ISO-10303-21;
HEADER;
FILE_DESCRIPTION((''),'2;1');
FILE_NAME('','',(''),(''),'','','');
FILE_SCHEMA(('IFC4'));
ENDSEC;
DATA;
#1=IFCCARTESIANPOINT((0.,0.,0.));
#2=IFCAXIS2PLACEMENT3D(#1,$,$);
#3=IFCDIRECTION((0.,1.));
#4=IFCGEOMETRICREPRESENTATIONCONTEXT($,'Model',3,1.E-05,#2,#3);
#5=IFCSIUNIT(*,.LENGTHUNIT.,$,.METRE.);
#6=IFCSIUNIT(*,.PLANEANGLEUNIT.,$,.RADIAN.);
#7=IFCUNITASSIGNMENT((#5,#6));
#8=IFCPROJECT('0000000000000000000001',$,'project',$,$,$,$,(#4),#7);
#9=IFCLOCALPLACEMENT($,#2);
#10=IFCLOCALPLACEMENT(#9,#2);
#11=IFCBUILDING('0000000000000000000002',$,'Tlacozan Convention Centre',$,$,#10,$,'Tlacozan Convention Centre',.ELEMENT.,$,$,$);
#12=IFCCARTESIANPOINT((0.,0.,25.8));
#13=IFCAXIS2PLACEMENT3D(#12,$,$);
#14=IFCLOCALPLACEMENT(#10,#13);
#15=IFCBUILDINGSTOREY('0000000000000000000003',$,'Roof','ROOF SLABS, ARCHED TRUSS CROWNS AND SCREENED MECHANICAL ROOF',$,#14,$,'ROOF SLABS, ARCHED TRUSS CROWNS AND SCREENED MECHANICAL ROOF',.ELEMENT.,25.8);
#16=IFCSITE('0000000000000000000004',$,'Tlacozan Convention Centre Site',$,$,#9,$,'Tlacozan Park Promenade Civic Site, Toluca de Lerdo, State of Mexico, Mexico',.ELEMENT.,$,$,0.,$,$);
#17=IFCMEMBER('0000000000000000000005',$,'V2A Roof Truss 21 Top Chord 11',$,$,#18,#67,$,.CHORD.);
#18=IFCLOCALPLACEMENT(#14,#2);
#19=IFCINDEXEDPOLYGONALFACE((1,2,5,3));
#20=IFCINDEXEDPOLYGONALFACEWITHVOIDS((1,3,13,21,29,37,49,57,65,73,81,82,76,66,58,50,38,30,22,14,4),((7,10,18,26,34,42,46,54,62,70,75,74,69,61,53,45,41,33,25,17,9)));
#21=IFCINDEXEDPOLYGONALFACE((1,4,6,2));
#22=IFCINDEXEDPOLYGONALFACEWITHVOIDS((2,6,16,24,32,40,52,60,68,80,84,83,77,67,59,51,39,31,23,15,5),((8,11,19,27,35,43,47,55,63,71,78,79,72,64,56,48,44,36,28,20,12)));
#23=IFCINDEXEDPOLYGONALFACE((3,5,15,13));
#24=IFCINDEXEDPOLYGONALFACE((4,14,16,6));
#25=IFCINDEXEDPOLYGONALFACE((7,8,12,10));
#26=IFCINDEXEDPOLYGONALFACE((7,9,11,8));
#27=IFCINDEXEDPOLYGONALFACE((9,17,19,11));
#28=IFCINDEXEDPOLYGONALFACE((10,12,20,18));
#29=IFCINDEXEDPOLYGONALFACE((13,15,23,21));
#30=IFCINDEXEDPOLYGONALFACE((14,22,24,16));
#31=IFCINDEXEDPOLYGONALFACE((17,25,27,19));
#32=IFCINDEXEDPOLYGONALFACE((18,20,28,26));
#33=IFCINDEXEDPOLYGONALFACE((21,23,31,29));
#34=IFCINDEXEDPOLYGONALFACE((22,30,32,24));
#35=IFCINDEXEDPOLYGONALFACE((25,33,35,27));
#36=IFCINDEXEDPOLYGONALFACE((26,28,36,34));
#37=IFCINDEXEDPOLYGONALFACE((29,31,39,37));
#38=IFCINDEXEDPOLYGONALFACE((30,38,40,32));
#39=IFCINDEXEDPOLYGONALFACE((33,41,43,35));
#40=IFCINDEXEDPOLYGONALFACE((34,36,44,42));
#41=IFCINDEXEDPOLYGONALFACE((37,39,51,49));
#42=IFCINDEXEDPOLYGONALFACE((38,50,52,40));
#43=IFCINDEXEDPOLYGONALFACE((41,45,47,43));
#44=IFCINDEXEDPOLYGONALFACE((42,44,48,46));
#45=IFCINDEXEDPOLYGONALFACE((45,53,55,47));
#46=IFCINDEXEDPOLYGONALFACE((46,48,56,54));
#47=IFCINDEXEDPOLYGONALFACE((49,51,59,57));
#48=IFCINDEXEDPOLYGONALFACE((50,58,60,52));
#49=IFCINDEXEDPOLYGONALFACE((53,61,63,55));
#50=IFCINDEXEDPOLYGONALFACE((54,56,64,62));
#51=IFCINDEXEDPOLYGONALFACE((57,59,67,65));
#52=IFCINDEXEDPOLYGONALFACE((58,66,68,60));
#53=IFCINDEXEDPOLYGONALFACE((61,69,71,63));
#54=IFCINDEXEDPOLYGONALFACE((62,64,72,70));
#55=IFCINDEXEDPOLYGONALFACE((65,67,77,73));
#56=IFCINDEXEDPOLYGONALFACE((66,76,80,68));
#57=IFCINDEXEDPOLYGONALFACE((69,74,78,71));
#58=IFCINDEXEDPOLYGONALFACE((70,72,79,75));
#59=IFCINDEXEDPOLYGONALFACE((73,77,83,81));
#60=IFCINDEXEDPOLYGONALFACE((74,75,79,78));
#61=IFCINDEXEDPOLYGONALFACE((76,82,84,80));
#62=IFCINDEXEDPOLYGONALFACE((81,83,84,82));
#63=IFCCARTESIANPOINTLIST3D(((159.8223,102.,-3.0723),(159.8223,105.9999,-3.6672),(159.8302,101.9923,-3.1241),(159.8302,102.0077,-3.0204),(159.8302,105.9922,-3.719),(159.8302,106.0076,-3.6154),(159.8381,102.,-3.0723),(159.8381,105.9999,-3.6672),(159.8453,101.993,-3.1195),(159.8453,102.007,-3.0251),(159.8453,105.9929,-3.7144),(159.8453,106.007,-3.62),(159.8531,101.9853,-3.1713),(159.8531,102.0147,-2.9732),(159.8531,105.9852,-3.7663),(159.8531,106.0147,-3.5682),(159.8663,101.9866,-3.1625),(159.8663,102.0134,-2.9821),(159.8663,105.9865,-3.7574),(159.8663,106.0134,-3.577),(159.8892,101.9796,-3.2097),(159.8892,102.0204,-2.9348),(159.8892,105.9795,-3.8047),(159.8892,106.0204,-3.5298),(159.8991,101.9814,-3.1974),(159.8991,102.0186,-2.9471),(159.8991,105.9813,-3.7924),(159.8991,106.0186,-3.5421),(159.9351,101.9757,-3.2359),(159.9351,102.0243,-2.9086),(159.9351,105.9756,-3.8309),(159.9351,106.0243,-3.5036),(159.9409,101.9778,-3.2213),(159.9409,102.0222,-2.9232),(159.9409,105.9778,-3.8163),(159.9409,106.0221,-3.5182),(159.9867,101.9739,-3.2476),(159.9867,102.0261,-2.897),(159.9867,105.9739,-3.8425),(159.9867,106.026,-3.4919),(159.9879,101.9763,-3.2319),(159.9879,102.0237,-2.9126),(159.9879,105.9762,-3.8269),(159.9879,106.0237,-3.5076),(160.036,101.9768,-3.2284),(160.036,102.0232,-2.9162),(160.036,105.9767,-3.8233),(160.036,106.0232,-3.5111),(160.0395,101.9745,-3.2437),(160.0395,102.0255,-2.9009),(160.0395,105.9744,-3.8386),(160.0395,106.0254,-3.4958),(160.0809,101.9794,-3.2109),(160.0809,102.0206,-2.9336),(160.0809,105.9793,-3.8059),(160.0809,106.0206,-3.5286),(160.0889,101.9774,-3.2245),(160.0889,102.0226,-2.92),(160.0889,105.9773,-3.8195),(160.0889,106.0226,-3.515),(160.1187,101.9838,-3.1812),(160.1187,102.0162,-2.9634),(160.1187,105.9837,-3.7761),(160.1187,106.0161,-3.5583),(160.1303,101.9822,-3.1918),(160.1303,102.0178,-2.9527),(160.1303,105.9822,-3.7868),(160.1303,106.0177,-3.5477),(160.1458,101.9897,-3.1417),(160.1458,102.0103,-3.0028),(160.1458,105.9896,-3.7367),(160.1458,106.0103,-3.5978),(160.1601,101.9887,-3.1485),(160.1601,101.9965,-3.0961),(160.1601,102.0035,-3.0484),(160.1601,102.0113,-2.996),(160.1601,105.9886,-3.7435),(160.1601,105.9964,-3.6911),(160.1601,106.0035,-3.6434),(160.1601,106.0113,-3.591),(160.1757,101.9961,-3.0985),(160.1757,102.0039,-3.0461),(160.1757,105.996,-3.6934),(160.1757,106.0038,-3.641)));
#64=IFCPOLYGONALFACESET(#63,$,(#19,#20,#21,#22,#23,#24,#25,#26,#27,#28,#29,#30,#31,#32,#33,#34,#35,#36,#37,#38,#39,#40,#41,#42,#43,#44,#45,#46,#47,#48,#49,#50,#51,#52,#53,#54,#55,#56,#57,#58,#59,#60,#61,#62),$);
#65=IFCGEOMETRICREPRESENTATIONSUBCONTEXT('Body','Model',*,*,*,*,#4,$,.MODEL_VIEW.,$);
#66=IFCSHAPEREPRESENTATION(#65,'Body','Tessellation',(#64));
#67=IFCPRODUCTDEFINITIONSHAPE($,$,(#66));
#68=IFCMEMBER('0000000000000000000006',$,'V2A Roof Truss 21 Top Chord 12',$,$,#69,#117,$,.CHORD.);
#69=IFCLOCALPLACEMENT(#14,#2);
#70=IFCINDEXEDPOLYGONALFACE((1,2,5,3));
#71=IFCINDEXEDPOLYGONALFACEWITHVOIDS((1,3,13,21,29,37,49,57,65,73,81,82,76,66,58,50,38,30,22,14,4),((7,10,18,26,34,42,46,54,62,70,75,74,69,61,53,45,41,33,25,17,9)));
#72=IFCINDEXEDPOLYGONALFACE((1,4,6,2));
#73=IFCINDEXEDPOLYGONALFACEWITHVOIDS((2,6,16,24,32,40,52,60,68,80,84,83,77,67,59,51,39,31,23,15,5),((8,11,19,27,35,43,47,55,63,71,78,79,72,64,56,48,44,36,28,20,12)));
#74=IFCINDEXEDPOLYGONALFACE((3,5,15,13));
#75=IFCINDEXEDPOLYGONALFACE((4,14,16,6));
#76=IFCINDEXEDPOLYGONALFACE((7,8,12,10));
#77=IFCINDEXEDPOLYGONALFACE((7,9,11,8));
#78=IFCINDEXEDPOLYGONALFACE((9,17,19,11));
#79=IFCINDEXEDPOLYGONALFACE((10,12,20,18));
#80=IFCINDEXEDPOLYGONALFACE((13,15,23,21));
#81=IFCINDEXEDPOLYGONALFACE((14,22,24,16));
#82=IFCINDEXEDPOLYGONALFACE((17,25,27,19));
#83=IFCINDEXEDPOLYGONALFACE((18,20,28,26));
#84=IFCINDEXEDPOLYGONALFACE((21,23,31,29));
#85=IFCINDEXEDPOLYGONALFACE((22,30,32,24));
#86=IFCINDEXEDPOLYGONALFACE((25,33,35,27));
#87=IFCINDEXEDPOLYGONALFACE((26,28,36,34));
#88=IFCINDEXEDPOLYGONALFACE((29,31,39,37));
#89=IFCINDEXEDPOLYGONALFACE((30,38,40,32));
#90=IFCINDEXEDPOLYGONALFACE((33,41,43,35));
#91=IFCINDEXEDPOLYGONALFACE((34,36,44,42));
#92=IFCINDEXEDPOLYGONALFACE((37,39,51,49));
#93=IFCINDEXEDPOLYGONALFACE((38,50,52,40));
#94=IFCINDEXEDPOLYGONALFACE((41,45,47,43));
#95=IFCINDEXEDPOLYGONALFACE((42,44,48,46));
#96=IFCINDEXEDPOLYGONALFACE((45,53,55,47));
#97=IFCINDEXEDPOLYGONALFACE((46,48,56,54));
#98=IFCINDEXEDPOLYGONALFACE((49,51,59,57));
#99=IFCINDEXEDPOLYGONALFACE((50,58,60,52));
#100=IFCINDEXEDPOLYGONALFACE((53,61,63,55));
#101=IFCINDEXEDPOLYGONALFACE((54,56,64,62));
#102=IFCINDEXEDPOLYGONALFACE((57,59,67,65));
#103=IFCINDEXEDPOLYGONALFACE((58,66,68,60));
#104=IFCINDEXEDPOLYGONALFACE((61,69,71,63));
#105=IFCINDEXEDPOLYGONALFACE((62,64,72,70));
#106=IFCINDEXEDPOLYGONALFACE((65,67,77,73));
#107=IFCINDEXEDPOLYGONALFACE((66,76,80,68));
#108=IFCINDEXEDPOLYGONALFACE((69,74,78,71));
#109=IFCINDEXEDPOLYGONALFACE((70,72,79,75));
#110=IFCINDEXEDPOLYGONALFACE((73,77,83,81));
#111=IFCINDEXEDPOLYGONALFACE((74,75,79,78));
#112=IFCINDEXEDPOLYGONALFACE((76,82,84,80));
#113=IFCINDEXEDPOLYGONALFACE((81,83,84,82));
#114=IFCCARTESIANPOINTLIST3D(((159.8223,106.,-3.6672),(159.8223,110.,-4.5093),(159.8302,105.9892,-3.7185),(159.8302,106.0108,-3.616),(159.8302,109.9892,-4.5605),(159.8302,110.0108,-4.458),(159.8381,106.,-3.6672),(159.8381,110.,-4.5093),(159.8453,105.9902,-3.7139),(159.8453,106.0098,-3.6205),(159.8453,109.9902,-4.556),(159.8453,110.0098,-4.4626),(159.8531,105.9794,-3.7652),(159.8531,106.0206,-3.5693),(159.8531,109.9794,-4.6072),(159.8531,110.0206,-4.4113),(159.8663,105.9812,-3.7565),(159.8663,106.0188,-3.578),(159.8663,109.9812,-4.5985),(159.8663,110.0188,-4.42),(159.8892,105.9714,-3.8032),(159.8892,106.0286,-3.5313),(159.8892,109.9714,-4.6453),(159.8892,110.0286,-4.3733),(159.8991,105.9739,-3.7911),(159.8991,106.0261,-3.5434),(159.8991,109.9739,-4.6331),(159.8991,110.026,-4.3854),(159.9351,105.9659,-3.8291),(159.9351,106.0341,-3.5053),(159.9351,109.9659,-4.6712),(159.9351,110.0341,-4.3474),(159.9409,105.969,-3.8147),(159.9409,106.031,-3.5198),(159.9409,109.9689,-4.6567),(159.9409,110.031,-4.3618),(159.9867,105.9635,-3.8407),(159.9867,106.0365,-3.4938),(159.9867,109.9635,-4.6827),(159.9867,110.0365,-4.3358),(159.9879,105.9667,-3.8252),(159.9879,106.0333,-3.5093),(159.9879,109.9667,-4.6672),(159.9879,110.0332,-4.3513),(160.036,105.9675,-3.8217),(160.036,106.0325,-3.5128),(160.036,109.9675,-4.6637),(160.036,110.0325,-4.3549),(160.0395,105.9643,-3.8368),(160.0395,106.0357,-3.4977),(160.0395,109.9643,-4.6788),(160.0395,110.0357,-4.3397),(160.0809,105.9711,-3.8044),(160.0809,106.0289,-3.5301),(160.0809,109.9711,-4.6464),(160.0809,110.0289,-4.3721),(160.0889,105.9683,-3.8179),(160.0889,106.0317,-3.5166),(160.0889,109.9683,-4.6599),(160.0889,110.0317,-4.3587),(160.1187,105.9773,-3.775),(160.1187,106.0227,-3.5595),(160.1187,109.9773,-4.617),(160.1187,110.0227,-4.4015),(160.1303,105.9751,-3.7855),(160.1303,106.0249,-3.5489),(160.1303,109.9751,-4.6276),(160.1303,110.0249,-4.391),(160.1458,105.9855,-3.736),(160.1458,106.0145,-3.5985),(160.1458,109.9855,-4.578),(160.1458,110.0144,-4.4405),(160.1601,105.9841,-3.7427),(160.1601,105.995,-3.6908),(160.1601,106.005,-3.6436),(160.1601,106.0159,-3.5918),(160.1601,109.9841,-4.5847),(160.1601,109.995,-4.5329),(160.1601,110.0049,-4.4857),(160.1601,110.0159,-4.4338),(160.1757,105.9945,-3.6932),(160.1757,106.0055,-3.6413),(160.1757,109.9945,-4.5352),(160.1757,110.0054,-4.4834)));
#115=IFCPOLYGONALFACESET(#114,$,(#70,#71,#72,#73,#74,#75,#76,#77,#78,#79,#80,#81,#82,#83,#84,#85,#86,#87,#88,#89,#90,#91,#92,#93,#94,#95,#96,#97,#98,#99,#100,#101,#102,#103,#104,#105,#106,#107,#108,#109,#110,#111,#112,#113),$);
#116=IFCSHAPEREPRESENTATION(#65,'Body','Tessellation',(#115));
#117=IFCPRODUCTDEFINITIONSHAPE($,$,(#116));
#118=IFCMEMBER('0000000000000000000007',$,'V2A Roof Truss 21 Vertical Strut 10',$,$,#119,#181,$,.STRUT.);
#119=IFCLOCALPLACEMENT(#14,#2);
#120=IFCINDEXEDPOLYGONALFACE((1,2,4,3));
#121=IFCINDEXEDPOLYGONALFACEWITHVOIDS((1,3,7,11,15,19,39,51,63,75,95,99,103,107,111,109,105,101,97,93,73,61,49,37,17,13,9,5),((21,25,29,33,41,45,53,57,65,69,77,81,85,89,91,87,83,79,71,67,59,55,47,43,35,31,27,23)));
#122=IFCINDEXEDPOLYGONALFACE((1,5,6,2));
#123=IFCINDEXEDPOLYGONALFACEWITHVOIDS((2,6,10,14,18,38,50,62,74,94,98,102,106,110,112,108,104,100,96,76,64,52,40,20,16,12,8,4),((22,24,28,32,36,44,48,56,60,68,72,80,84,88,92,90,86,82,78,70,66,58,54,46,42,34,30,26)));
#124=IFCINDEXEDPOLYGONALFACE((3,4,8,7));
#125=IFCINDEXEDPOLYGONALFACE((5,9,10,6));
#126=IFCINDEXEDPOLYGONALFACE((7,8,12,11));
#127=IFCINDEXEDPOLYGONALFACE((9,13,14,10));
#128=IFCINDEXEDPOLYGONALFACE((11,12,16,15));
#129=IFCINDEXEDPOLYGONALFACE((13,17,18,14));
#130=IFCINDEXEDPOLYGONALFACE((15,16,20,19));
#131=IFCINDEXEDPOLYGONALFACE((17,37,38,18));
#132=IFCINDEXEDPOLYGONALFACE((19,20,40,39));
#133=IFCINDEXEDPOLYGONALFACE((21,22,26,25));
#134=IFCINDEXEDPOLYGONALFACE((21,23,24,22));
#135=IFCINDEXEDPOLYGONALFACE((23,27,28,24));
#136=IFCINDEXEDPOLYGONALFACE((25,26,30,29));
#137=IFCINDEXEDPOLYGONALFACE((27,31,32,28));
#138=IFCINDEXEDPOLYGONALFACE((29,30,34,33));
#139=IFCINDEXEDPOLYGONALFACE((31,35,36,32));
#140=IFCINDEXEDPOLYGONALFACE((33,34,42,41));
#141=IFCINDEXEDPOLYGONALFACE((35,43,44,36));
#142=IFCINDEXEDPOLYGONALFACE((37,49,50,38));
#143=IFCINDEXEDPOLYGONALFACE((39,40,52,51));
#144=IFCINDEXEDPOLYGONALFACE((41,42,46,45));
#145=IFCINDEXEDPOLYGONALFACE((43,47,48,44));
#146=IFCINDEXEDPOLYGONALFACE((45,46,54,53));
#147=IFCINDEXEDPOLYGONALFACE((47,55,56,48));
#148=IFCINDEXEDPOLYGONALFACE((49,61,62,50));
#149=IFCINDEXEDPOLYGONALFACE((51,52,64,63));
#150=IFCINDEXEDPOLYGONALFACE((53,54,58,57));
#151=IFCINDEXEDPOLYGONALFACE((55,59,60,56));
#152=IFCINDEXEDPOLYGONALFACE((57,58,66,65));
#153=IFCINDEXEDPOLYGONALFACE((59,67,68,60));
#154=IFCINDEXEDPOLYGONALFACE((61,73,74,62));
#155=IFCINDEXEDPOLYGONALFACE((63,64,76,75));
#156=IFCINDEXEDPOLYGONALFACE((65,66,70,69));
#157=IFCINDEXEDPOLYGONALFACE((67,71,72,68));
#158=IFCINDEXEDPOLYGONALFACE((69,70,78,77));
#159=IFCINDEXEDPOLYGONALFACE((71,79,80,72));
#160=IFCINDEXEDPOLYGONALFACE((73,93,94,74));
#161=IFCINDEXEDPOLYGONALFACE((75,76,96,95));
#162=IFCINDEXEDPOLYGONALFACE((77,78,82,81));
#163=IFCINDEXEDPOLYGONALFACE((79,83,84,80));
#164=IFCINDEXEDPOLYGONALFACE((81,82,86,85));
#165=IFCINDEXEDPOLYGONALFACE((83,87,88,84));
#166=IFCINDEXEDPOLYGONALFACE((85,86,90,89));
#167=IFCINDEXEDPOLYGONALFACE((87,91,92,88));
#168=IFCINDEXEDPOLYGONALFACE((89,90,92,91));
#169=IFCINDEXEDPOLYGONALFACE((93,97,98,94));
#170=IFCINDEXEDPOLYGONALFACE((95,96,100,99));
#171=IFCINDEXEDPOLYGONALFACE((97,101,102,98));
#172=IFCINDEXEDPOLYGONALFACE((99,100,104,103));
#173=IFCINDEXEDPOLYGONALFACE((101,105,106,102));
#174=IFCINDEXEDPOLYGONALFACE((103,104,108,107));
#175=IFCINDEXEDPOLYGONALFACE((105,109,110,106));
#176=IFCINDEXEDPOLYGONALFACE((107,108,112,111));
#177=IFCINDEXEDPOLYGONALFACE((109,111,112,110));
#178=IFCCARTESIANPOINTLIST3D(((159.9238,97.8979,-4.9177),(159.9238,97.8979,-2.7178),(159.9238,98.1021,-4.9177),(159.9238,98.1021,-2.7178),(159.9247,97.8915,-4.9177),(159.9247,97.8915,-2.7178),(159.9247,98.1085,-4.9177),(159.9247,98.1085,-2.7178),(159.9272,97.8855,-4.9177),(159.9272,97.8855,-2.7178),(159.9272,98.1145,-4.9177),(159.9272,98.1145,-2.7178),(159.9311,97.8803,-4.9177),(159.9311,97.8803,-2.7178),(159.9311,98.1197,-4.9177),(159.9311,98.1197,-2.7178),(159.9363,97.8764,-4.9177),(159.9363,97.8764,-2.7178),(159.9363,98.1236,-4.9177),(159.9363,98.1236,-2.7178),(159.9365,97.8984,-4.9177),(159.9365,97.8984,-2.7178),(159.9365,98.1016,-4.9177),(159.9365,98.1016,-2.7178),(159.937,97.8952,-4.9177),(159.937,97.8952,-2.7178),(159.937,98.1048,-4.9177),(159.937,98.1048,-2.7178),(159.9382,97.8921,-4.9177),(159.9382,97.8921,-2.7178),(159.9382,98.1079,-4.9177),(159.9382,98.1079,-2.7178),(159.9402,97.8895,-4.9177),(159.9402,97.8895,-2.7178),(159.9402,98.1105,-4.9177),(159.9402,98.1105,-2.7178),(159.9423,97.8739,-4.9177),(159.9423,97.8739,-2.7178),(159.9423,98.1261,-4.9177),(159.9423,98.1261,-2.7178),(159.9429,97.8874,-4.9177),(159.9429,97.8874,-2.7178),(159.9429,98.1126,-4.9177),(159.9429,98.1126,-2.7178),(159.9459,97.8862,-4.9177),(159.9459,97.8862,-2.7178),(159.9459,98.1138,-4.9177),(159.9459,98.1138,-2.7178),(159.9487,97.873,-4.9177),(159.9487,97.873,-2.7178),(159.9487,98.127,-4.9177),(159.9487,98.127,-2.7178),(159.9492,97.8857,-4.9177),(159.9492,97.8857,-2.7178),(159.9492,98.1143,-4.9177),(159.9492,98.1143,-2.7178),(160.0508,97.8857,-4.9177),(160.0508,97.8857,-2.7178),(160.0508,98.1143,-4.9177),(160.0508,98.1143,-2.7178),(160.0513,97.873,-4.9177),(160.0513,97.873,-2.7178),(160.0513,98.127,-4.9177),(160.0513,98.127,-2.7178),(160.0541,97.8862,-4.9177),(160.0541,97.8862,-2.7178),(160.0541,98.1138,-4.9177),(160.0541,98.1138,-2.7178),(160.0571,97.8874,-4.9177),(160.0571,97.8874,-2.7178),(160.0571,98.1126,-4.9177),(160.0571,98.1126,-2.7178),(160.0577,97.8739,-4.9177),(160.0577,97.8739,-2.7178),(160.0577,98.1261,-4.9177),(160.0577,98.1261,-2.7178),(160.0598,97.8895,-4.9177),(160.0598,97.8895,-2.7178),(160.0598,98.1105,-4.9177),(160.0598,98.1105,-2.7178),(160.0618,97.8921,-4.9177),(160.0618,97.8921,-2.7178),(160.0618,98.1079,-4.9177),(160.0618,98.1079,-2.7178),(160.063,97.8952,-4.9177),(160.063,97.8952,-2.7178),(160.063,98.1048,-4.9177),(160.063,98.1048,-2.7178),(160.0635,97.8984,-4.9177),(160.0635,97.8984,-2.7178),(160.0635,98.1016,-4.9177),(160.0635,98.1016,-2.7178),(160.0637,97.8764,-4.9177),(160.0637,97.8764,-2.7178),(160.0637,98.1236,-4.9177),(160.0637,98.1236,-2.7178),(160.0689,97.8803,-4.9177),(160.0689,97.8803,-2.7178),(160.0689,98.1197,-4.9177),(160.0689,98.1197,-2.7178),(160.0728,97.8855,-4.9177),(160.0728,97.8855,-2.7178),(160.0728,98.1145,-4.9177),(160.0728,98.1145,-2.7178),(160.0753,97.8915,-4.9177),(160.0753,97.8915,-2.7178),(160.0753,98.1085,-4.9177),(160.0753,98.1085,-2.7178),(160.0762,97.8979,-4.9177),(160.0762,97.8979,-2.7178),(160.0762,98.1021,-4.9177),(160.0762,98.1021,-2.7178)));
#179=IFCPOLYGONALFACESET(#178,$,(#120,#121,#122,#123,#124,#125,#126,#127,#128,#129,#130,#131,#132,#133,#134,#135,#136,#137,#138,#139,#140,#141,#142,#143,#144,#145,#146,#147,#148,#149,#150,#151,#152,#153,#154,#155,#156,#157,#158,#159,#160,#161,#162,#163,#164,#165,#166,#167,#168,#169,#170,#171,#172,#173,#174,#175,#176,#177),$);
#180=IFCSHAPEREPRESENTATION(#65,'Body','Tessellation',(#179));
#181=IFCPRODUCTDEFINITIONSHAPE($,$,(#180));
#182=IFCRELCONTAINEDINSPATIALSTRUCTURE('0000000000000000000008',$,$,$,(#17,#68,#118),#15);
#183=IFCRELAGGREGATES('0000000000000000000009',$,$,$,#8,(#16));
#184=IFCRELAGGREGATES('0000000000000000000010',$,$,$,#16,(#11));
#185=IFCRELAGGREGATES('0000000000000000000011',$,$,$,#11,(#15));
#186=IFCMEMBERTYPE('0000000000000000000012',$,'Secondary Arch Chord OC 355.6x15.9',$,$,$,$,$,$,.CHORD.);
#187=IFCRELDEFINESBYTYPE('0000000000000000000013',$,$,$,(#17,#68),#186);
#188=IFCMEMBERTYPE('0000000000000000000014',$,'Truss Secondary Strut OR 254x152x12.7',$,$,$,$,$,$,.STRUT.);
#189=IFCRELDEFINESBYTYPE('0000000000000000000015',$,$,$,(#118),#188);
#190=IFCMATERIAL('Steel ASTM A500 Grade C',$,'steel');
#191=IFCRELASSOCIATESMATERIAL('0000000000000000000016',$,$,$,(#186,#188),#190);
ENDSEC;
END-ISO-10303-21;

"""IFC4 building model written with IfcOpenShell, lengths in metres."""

from ifc_helpers import new_model, si_unit, direction, frame, origin, origin_2d, place, context, subcontext, project, spatial, hollow_rectangle, hollow_circle, extrude, material, material_profile, profile_set, type_object, element, save


model = new_model("IFC4")

# Units and contexts
model_context = context("Model", 3, precision=1e-05, world=origin(), true_north=direction((0.0, 1.0)))
body_context = subcontext(model_context, "Body", "Model", "MODEL_VIEW")
ifc_project = project(units=[si_unit("LENGTHUNIT", "METRE"), si_unit("PLANEANGLEUNIT", "RADIAN")], contexts=[model_context])

# Site, building, storey
site_placement = place(None, origin())
site = spatial("IfcSite", under=ifc_project, at=site_placement, Name="Tlacozan Convention Centre Site", LongName="Tlacozan Park Promenade Civic Site, Toluca de Lerdo, State of Mexico, Mexico", CompositionType="ELEMENT", RefElevation=0.0)
building_placement = place(site_placement, origin())
building = spatial("IfcBuilding", under=site, at=building_placement, Name="Tlacozan Convention Centre", LongName="Tlacozan Convention Centre", CompositionType="ELEMENT")
storey_placement = place(building_placement, frame((0.0, 0.0, 25.8)))
storey = spatial("IfcBuildingStorey", under=building, at=storey_placement, Name="Roof", Description="ROOF SLABS, ARCHED TRUSS CROWNS AND SCREENED MECHANICAL ROOF", LongName="ROOF SLABS, ARCHED TRUSS CROWNS AND SCREENED MECHANICAL ROOF", CompositionType="ELEMENT", Elevation=25.8)

# Members
ifc_material_1 = material(Name="Steel ASTM A500 Grade C", Category="steel")
ifc_material_profile_1 = material_profile(ifc_material_1, hollow_circle(Radius=0.1777, WallThickness=0.0159, at=origin_2d()), Name="OC 355.6x15.9")
ifc_profile_set_1 = profile_set([ifc_material_profile_1], Name="Steel ASTM A500 Grade C")
member_type_1 = type_object("IfcMemberType", Name="Secondary Arch Chord OC 355.6x15.9", PredefinedType="CHORD", material=ifc_profile_set_1)
member_1_placement = place(storey_placement, frame((160.0, 102.0, -3.0723), z_axis=(0.0, 0.989118, -0.147124), x_axis=(-1.0, 0.0, 0.0)))
element("IfcMember", 1, at=member_1_placement, inside=storey, type_object=member_type_1, Name="V2A Roof Truss 21 Top Chord 11", PredefinedType="CHORD", context=body_context, shape_type="SweptSolid", body=[
    extrude(hollow_circle(Radius=0.1777, WallThickness=0.0159, at=origin_2d()), origin(), (0.0, 0.0, 1.0), 4.0439),
])
member_2_placement = place(storey_placement, frame((160.0, 106.0, -3.6672), z_axis=(0.0, 0.978553, -0.205995), x_axis=(-1.0, 0.0, 0.0)))
element("IfcMember", 2, at=member_2_placement, inside=storey, type_object=member_type_1, Name="V2A Roof Truss 21 Top Chord 12", PredefinedType="CHORD", context=body_context, shape_type="SweptSolid", body=[
    extrude(hollow_circle(Radius=0.1777, WallThickness=0.0159, at=origin_2d()), origin(), (0.0, 0.0, 1.0), 4.0876),
])
ifc_material_profile_2 = material_profile(ifc_material_1, hollow_rectangle(XDim=0.1523, YDim=0.2539, WallThickness=0.0127, InnerFilletRadius=0.0127, OuterFilletRadius=0.0249, at=origin_2d()), Name="OR 254x152x12.7")
ifc_profile_set_2 = profile_set([ifc_material_profile_2], Name="Steel ASTM A500 Grade C")
member_type_2 = type_object("IfcMemberType", Name="Truss Secondary Strut OR 254x152x12.7", PredefinedType="STRUT", material=ifc_profile_set_2)
for number, where, z_axis, x_axis, name in (
    (3, (160.0, 98.0, -4.9177), (0.0, 0.0, 1.0), (1.0, 0.0, 0.0), "V2A Roof Truss 21 Vertical Strut 10"),
):
    element("IfcMember", number, at=place(storey_placement, frame(where, z_axis=z_axis, x_axis=x_axis)), inside=storey, type_object=member_type_2, Name=name, PredefinedType="STRUT", context=body_context, shape_type="SweptSolid", body=[
        extrude(hollow_rectangle(XDim=0.1523, YDim=0.2539, WallThickness=0.0127, InnerFilletRadius=0.0127, OuterFilletRadius=0.0249, at=origin_2d()), origin(), (0.0, 0.0, 1.0), 2.2),
    ])

save(model, "model.ifc")
